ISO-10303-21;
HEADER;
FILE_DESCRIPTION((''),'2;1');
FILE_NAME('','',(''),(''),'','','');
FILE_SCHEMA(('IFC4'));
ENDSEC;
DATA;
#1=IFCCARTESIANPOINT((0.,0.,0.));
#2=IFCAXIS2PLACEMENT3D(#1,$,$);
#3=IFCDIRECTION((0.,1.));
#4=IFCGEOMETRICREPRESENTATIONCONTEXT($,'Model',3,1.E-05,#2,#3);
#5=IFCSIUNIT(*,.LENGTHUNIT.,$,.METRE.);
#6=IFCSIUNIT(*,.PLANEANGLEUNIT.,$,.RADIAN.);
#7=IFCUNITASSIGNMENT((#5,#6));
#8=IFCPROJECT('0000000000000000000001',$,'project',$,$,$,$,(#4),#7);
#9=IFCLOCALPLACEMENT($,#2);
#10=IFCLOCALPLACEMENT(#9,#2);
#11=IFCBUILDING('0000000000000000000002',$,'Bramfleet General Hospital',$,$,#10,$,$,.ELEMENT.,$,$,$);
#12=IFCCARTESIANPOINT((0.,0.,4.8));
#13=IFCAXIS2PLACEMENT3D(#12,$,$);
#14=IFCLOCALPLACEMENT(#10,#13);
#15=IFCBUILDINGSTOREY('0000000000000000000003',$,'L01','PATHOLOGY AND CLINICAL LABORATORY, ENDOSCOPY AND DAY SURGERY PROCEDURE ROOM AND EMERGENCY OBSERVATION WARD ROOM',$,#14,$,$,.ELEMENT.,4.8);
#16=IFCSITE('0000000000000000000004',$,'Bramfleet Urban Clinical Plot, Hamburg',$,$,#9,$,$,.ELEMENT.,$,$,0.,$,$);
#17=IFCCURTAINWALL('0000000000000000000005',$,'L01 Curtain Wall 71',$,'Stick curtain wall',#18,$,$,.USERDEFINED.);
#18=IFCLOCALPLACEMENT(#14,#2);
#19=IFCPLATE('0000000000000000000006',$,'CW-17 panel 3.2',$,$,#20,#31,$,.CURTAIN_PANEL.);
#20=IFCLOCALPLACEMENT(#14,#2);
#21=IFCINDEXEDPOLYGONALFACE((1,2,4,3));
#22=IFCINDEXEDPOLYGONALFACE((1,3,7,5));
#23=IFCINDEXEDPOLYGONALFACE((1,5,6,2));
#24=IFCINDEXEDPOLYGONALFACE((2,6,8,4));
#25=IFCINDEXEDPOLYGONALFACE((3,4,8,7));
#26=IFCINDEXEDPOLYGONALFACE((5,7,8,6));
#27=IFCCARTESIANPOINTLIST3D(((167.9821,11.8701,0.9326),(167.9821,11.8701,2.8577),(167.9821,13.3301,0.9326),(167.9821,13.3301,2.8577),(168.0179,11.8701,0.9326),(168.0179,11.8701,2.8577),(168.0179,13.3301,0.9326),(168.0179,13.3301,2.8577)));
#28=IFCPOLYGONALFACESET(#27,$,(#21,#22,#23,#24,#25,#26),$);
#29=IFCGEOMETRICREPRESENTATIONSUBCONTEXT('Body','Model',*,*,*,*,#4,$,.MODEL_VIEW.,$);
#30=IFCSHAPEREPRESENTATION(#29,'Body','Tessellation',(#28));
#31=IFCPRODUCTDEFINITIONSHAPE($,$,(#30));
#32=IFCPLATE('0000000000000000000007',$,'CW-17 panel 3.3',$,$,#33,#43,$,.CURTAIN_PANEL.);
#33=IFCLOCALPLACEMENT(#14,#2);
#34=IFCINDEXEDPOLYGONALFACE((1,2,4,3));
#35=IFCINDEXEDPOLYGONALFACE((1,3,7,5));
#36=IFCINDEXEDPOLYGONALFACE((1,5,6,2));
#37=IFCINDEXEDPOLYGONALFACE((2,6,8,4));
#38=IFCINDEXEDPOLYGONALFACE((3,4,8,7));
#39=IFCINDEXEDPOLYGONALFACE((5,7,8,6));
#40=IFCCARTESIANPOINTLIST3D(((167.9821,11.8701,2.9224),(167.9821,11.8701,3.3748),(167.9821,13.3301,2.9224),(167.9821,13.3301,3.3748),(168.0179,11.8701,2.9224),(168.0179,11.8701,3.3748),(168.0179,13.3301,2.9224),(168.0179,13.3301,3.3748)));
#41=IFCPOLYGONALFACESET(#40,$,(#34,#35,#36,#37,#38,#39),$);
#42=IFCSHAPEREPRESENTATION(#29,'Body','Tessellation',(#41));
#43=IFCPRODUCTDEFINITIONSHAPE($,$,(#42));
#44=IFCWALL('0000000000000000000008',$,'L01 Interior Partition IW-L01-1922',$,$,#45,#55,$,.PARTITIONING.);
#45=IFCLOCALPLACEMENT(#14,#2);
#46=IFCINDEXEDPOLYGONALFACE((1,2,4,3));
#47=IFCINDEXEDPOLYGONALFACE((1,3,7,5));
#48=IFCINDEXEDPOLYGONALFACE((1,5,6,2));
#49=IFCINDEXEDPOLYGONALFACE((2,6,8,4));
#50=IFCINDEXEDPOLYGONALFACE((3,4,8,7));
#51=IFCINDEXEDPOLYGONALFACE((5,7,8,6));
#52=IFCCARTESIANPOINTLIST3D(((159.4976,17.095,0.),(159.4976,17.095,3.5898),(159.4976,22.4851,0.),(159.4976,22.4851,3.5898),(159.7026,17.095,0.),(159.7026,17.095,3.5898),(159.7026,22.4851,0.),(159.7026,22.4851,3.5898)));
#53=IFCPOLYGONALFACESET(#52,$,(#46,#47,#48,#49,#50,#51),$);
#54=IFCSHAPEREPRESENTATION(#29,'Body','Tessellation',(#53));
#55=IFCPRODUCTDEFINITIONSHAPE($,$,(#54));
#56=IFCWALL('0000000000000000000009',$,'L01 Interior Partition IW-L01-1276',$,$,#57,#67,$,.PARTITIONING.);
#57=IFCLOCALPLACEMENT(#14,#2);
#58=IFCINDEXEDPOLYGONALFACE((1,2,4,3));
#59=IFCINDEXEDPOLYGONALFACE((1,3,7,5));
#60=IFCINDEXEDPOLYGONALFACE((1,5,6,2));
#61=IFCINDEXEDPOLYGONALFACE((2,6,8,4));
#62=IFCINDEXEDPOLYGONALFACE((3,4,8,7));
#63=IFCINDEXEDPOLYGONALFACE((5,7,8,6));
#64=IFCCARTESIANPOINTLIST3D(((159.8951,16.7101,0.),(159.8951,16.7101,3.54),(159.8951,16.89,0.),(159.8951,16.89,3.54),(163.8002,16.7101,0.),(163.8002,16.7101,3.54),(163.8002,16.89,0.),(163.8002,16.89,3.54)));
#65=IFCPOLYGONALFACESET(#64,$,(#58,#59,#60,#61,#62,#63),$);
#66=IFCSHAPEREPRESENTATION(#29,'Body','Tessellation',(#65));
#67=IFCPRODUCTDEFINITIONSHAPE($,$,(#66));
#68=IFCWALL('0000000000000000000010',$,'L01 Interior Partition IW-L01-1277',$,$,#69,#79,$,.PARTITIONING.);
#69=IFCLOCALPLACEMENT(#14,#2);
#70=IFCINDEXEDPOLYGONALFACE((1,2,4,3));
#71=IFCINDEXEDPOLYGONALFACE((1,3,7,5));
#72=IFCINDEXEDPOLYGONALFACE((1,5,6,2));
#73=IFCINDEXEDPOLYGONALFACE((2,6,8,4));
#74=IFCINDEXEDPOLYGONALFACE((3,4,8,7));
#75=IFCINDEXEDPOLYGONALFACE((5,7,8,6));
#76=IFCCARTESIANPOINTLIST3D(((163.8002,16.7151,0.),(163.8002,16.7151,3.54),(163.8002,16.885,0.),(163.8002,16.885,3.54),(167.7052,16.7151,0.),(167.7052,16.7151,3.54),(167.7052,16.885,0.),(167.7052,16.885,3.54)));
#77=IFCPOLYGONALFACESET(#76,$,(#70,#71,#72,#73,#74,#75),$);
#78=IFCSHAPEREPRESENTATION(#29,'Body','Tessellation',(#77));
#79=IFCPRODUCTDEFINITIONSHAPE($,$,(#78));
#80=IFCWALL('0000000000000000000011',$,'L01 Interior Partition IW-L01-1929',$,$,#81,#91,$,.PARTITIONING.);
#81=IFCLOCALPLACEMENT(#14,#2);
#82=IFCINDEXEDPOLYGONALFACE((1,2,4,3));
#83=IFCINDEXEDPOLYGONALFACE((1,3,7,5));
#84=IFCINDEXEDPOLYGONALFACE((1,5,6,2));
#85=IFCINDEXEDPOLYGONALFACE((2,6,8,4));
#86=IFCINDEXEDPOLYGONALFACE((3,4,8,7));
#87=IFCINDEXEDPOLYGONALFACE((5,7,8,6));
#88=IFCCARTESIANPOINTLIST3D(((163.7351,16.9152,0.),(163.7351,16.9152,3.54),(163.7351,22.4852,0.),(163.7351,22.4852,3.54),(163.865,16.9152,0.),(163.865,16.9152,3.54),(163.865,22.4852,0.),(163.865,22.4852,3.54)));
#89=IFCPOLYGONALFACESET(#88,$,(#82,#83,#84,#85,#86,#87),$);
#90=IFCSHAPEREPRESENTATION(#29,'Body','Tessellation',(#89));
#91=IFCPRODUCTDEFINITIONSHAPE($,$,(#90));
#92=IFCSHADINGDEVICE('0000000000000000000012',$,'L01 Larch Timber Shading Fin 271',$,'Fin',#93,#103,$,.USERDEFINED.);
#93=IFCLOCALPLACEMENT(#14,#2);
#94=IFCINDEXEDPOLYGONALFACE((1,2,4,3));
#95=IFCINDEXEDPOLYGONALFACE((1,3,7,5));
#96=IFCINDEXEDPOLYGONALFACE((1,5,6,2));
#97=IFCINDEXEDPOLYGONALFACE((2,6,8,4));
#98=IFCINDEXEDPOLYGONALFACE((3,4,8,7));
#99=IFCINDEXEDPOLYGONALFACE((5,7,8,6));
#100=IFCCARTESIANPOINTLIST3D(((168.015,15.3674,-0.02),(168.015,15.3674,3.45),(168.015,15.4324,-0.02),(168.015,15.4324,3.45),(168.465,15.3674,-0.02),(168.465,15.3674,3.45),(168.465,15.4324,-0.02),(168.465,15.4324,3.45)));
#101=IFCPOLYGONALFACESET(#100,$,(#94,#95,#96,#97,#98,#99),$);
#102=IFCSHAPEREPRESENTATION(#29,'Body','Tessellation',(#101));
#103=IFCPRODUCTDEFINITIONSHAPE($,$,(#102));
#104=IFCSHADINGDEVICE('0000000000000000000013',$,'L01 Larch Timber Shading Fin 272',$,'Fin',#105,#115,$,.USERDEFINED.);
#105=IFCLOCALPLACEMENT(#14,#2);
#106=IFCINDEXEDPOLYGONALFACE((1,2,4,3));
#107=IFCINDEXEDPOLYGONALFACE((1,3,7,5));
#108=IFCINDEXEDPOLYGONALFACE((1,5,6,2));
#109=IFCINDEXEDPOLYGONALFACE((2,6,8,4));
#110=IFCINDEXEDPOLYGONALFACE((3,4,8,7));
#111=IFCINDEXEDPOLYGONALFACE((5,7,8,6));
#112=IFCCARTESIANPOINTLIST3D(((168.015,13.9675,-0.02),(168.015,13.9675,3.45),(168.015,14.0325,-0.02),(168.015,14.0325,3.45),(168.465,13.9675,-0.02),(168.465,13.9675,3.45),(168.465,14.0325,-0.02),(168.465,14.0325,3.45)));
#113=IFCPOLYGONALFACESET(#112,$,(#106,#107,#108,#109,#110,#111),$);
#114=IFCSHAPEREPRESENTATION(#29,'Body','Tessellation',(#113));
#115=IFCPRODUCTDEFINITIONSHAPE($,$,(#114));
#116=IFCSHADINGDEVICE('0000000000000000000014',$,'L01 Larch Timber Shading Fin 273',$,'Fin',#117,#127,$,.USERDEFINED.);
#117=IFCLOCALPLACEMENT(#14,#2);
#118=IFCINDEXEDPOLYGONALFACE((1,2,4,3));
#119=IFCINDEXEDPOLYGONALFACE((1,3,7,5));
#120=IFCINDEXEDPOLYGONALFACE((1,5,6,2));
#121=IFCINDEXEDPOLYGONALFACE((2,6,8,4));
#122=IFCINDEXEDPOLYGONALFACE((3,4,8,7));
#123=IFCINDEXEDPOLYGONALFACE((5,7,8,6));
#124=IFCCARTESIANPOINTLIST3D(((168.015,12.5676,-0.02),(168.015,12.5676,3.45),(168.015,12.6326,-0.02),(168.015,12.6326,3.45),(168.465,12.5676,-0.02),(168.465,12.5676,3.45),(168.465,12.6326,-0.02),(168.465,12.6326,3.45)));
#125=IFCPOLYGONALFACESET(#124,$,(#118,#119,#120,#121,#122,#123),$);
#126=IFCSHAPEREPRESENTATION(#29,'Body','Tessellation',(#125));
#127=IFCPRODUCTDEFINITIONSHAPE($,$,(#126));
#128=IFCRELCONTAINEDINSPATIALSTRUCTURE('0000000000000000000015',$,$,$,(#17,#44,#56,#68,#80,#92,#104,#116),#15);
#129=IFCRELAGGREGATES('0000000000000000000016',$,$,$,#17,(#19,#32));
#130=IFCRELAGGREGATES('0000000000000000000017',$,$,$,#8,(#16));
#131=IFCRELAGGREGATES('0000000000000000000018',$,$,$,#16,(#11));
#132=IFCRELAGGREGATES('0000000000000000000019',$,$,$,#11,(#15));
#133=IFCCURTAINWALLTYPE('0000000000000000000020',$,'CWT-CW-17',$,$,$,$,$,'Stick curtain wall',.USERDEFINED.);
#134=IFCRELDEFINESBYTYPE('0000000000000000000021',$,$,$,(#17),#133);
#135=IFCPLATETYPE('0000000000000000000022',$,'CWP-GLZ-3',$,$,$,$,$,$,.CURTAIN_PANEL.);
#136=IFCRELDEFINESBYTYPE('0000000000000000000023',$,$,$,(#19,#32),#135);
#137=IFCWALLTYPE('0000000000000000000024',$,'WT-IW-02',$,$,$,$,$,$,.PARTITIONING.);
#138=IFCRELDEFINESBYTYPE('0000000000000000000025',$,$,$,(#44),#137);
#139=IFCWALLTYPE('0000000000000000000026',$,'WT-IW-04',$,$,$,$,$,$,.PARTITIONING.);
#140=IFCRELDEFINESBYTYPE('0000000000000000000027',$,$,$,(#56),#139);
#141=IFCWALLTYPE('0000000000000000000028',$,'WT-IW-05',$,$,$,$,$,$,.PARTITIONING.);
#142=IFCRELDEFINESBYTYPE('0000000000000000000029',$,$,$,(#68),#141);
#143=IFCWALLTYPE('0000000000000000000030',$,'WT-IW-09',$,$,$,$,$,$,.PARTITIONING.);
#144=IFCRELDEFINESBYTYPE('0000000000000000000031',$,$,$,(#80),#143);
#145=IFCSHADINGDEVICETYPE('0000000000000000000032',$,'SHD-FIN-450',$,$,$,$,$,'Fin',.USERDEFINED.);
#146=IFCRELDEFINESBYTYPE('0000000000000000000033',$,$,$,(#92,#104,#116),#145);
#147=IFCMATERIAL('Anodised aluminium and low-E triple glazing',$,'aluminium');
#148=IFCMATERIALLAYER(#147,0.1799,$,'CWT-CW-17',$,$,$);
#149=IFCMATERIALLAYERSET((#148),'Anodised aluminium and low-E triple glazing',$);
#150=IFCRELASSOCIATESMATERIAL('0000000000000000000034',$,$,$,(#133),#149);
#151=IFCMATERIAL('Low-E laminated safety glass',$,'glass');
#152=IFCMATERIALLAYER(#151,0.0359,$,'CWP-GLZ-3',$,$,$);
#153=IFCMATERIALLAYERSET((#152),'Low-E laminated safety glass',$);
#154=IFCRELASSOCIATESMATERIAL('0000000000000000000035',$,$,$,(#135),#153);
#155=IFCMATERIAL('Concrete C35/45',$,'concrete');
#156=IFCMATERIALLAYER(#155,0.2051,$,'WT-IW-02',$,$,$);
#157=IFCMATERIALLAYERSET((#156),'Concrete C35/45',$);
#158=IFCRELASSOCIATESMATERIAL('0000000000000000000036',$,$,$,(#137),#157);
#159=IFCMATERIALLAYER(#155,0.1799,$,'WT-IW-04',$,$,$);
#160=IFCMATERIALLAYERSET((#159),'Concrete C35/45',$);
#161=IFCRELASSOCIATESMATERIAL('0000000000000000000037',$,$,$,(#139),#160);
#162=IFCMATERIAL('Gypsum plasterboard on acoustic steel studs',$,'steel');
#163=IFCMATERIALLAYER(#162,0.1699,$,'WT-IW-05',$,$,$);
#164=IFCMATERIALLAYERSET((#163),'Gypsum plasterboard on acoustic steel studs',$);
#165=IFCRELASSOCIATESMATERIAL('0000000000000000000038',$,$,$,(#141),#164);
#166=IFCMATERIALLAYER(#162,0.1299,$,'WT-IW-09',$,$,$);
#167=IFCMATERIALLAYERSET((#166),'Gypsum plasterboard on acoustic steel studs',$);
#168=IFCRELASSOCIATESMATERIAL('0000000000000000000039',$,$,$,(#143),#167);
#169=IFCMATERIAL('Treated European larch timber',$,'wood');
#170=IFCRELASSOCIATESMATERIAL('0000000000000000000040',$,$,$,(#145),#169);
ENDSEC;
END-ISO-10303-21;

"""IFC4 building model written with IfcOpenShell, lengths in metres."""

from ifc_helpers import new_model, si_unit, direction, frame, frame_2d, origin, origin_2d, place, context, subcontext, project, spatial, rectangle, extrude, material, layer, layer_set, material_profile, profile_set, type_object, element, aggregate, save


model = new_model("IFC4")

# Units and contexts
model_context = context("Model", 3, precision=1e-05, world=origin(), true_north=direction((0.0, 1.0)))
body_context = subcontext(model_context, "Body", "Model", "MODEL_VIEW")
ifc_project = project(units=[si_unit("LENGTHUNIT", "METRE"), si_unit("PLANEANGLEUNIT", "RADIAN")], contexts=[model_context])

# Site, building, storey
site_placement = place(None, origin())
site = spatial("IfcSite", under=ifc_project, at=site_placement, Name="Bramfleet Urban Clinical Plot, Hamburg", CompositionType="ELEMENT", RefElevation=0.0)
building_placement = place(site_placement, origin())
building = spatial("IfcBuilding", under=site, at=building_placement, Name="Bramfleet General Hospital", CompositionType="ELEMENT")
storey_placement = place(building_placement, frame((0.0, 0.0, 4.8)))
storey = spatial("IfcBuildingStorey", under=building, at=storey_placement, Name="L01", Description="PATHOLOGY AND CLINICAL LABORATORY, ENDOSCOPY AND DAY SURGERY PROCEDURE ROOM AND EMERGENCY OBSERVATION WARD ROOM", CompositionType="ELEMENT", Elevation=4.8)

# Shared definitions
ifc_material_1 = material(Name="Concrete C35/45", Category="concrete")

# Shared definitions
ifc_material_2 = material(Name="Anodised aluminium and low-E triple glazing", Category="aluminium")

# Curtain wall, plates
ifc_layer_1 = layer(ifc_material_2, 0.1799, Name="CWT-CW-17")
ifc_layer_set_1 = layer_set([ifc_layer_1], Name="Anodised aluminium and low-E triple glazing")
curtain_wall_type_1 = type_object("IfcCurtainWallType", Name="CWT-CW-17", ElementType="Stick curtain wall", PredefinedType="USERDEFINED", material=ifc_layer_set_1)
curtain_wall_1_placement = place(storey_placement, origin())
curtain_wall_1 = element("IfcCurtainWall", 1, at=curtain_wall_1_placement, inside=storey, type_object=curtain_wall_type_1, Name="L01 Curtain Wall 71", ObjectType="Stick curtain wall", PredefinedType="USERDEFINED")
ifc_material_3 = material(Name="Low-E laminated safety glass", Category="glass")
ifc_layer_2 = layer(ifc_material_3, 0.0359, Name="CWP-GLZ-3")
ifc_layer_set_2 = layer_set([ifc_layer_2], Name="Low-E laminated safety glass")
plate_type = type_object("IfcPlateType", Name="CWP-GLZ-3", PredefinedType="CURTAIN_PANEL", material=ifc_layer_set_2)
plate_1_placement = place(storey_placement, frame((168.0, 12.6001, 0.9326), z_axis=(0.0, 0.0, 1.0), x_axis=(0.0, -1.0, 0.0)))
plate_1 = element("IfcPlate", 2, at=plate_1_placement, type_object=plate_type, Name="CW-17 panel 3.2", PredefinedType="CURTAIN_PANEL", context=body_context, shape_type="SweptSolid", body=[
    extrude(rectangle(XDim=1.46, YDim=0.0359, at=origin_2d()), origin(), (0.0, 0.0, 1.0), 1.925),
])
plate_2_placement = place(storey_placement, frame((168.0, 12.6001, 2.9224), z_axis=(0.0, 0.0, 1.0), x_axis=(0.0, -1.0, 0.0)))
plate_2 = element("IfcPlate", 3, at=plate_2_placement, type_object=plate_type, Name="CW-17 panel 3.3", PredefinedType="CURTAIN_PANEL", context=body_context, shape_type="SweptSolid", body=[
    extrude(rectangle(XDim=1.46, YDim=0.0359, at=origin_2d()), origin(), (0.0, 0.0, 1.0), 0.4524),
])
aggregate(curtain_wall_1, [plate_1, plate_2])

# Walls
ifc_layer_3 = layer(ifc_material_1, 0.2051, Name="WT-IW-02")
ifc_layer_set_3 = layer_set([ifc_layer_3], Name="Concrete C35/45")
wall_type_1 = type_object("IfcWallType", Name="WT-IW-02", PredefinedType="PARTITIONING", material=ifc_layer_set_3)
wall_1_placement = place(storey_placement, frame((159.6001, 17.095, 0.0), z_axis=(0.0, 0.0, 1.0), x_axis=(0.0, 1.0, 0.0)))
element("IfcWall", 4, at=wall_1_placement, inside=storey, type_object=wall_type_1, Name="L01 Interior Partition IW-L01-1922", PredefinedType="PARTITIONING", context=body_context, shape_type="SweptSolid", body=[
    extrude(rectangle(XDim=5.3901, YDim=0.2051, at=frame_2d((2.6951, 0.0))), origin(), (0.0, 0.0, 1.0), 3.5898),
])
ifc_layer_4 = layer(ifc_material_1, 0.1799, Name="WT-IW-04")
ifc_layer_set_4 = layer_set([ifc_layer_4], Name="Concrete C35/45")
wall_type_2 = type_object("IfcWallType", Name="WT-IW-04", PredefinedType="PARTITIONING", material=ifc_layer_set_4)
wall_2_placement = place(storey_placement, frame((159.895, 16.8, 0.0), z_axis=(0.0, 0.0, 1.0), x_axis=(1.0, 0.0, 0.0)))
element("IfcWall", 5, at=wall_2_placement, inside=storey, type_object=wall_type_2, Name="L01 Interior Partition IW-L01-1276", PredefinedType="PARTITIONING", context=body_context, shape_type="SweptSolid", body=[
    extrude(rectangle(XDim=3.905, YDim=0.1799, at=frame_2d((1.9526, 0.0))), origin(), (0.0, 0.0, 1.0), 3.54),
])
ifc_material_4 = material(Name="Gypsum plasterboard on acoustic steel studs", Category="steel")
ifc_layer_5 = layer(ifc_material_4, 0.1699, Name="WT-IW-05")
ifc_layer_set_5 = layer_set([ifc_layer_5], Name="Gypsum plasterboard on acoustic steel studs")
wall_type_3 = type_object("IfcWallType", Name="WT-IW-05", PredefinedType="PARTITIONING", material=ifc_layer_set_5)
wall_3_placement = place(storey_placement, frame((163.8, 16.8, 0.0), z_axis=(0.0, 0.0, 1.0), x_axis=(1.0, 0.0, 0.0)))
element("IfcWall", 6, at=wall_3_placement, inside=storey, type_object=wall_type_3, Name="L01 Interior Partition IW-L01-1277", PredefinedType="PARTITIONING", context=body_context, shape_type="SweptSolid", body=[
    extrude(rectangle(XDim=3.905, YDim=0.1699, at=frame_2d((1.9526, 0.0))), origin(), (0.0, 0.0, 1.0), 3.54),
])
ifc_layer_6 = layer(ifc_material_4, 0.1299, Name="WT-IW-09")
ifc_layer_set_6 = layer_set([ifc_layer_6], Name="Gypsum plasterboard on acoustic steel studs")
wall_type_4 = type_object("IfcWallType", Name="WT-IW-09", PredefinedType="PARTITIONING", material=ifc_layer_set_6)
wall_4_placement = place(storey_placement, frame((163.8, 16.915, 0.0), z_axis=(0.0, 0.0, 1.0), x_axis=(0.0, 1.0, 0.0)))
element("IfcWall", 7, at=wall_4_placement, inside=storey, type_object=wall_type_4, Name="L01 Interior Partition IW-L01-1929", PredefinedType="PARTITIONING", context=body_context, shape_type="SweptSolid", body=[
    extrude(rectangle(XDim=5.5701, YDim=0.1299, at=frame_2d((2.7852, 0.0))), origin(), (0.0, 0.0, 1.0), 3.54),
])

# Shading devices
ifc_material_5 = material(Name="Treated European larch timber", Category="wood")
ifc_material_profile_1 = material_profile(ifc_material_5, rectangle(XDim=0.0649, YDim=0.45, at=origin_2d()), Name="LARCH FIN 450x65")
ifc_profile_set_1 = profile_set([ifc_material_profile_1], Name="Treated European larch timber")
shading_device_type = type_object("IfcShadingDeviceType", Name="SHD-FIN-450", ElementType="Fin", PredefinedType="USERDEFINED", material=ifc_profile_set_1)
for number, where, z_axis, x_axis, name in (
    (8, (168.24, 15.3999, -0.02), (0.0, 0.0, 1.0), (0.0, -1.0, 0.0), "L01 Larch Timber Shading Fin 271"),
    (9, (168.24, 14.0, -0.02), (0.0, 0.0, 1.0), (0.0, -1.0, 0.0), "L01 Larch Timber Shading Fin 272"),
    (10, (168.24, 12.6001, -0.02), (0.0, 0.0, 1.0), (0.0, -1.0, 0.0), "L01 Larch Timber Shading Fin 273"),
):
    element("IfcShadingDevice", number, at=place(storey_placement, frame(where, z_axis=z_axis, x_axis=x_axis)), inside=storey, type_object=shading_device_type, Name=name, ObjectType="Fin", PredefinedType="USERDEFINED", context=body_context, shape_type="SweptSolid", body=[
        extrude(rectangle(XDim=0.0649, YDim=0.45, at=origin_2d()), origin(), (0.0, 0.0, 1.0), 3.47),
    ])

save(model, "model.ifc")
